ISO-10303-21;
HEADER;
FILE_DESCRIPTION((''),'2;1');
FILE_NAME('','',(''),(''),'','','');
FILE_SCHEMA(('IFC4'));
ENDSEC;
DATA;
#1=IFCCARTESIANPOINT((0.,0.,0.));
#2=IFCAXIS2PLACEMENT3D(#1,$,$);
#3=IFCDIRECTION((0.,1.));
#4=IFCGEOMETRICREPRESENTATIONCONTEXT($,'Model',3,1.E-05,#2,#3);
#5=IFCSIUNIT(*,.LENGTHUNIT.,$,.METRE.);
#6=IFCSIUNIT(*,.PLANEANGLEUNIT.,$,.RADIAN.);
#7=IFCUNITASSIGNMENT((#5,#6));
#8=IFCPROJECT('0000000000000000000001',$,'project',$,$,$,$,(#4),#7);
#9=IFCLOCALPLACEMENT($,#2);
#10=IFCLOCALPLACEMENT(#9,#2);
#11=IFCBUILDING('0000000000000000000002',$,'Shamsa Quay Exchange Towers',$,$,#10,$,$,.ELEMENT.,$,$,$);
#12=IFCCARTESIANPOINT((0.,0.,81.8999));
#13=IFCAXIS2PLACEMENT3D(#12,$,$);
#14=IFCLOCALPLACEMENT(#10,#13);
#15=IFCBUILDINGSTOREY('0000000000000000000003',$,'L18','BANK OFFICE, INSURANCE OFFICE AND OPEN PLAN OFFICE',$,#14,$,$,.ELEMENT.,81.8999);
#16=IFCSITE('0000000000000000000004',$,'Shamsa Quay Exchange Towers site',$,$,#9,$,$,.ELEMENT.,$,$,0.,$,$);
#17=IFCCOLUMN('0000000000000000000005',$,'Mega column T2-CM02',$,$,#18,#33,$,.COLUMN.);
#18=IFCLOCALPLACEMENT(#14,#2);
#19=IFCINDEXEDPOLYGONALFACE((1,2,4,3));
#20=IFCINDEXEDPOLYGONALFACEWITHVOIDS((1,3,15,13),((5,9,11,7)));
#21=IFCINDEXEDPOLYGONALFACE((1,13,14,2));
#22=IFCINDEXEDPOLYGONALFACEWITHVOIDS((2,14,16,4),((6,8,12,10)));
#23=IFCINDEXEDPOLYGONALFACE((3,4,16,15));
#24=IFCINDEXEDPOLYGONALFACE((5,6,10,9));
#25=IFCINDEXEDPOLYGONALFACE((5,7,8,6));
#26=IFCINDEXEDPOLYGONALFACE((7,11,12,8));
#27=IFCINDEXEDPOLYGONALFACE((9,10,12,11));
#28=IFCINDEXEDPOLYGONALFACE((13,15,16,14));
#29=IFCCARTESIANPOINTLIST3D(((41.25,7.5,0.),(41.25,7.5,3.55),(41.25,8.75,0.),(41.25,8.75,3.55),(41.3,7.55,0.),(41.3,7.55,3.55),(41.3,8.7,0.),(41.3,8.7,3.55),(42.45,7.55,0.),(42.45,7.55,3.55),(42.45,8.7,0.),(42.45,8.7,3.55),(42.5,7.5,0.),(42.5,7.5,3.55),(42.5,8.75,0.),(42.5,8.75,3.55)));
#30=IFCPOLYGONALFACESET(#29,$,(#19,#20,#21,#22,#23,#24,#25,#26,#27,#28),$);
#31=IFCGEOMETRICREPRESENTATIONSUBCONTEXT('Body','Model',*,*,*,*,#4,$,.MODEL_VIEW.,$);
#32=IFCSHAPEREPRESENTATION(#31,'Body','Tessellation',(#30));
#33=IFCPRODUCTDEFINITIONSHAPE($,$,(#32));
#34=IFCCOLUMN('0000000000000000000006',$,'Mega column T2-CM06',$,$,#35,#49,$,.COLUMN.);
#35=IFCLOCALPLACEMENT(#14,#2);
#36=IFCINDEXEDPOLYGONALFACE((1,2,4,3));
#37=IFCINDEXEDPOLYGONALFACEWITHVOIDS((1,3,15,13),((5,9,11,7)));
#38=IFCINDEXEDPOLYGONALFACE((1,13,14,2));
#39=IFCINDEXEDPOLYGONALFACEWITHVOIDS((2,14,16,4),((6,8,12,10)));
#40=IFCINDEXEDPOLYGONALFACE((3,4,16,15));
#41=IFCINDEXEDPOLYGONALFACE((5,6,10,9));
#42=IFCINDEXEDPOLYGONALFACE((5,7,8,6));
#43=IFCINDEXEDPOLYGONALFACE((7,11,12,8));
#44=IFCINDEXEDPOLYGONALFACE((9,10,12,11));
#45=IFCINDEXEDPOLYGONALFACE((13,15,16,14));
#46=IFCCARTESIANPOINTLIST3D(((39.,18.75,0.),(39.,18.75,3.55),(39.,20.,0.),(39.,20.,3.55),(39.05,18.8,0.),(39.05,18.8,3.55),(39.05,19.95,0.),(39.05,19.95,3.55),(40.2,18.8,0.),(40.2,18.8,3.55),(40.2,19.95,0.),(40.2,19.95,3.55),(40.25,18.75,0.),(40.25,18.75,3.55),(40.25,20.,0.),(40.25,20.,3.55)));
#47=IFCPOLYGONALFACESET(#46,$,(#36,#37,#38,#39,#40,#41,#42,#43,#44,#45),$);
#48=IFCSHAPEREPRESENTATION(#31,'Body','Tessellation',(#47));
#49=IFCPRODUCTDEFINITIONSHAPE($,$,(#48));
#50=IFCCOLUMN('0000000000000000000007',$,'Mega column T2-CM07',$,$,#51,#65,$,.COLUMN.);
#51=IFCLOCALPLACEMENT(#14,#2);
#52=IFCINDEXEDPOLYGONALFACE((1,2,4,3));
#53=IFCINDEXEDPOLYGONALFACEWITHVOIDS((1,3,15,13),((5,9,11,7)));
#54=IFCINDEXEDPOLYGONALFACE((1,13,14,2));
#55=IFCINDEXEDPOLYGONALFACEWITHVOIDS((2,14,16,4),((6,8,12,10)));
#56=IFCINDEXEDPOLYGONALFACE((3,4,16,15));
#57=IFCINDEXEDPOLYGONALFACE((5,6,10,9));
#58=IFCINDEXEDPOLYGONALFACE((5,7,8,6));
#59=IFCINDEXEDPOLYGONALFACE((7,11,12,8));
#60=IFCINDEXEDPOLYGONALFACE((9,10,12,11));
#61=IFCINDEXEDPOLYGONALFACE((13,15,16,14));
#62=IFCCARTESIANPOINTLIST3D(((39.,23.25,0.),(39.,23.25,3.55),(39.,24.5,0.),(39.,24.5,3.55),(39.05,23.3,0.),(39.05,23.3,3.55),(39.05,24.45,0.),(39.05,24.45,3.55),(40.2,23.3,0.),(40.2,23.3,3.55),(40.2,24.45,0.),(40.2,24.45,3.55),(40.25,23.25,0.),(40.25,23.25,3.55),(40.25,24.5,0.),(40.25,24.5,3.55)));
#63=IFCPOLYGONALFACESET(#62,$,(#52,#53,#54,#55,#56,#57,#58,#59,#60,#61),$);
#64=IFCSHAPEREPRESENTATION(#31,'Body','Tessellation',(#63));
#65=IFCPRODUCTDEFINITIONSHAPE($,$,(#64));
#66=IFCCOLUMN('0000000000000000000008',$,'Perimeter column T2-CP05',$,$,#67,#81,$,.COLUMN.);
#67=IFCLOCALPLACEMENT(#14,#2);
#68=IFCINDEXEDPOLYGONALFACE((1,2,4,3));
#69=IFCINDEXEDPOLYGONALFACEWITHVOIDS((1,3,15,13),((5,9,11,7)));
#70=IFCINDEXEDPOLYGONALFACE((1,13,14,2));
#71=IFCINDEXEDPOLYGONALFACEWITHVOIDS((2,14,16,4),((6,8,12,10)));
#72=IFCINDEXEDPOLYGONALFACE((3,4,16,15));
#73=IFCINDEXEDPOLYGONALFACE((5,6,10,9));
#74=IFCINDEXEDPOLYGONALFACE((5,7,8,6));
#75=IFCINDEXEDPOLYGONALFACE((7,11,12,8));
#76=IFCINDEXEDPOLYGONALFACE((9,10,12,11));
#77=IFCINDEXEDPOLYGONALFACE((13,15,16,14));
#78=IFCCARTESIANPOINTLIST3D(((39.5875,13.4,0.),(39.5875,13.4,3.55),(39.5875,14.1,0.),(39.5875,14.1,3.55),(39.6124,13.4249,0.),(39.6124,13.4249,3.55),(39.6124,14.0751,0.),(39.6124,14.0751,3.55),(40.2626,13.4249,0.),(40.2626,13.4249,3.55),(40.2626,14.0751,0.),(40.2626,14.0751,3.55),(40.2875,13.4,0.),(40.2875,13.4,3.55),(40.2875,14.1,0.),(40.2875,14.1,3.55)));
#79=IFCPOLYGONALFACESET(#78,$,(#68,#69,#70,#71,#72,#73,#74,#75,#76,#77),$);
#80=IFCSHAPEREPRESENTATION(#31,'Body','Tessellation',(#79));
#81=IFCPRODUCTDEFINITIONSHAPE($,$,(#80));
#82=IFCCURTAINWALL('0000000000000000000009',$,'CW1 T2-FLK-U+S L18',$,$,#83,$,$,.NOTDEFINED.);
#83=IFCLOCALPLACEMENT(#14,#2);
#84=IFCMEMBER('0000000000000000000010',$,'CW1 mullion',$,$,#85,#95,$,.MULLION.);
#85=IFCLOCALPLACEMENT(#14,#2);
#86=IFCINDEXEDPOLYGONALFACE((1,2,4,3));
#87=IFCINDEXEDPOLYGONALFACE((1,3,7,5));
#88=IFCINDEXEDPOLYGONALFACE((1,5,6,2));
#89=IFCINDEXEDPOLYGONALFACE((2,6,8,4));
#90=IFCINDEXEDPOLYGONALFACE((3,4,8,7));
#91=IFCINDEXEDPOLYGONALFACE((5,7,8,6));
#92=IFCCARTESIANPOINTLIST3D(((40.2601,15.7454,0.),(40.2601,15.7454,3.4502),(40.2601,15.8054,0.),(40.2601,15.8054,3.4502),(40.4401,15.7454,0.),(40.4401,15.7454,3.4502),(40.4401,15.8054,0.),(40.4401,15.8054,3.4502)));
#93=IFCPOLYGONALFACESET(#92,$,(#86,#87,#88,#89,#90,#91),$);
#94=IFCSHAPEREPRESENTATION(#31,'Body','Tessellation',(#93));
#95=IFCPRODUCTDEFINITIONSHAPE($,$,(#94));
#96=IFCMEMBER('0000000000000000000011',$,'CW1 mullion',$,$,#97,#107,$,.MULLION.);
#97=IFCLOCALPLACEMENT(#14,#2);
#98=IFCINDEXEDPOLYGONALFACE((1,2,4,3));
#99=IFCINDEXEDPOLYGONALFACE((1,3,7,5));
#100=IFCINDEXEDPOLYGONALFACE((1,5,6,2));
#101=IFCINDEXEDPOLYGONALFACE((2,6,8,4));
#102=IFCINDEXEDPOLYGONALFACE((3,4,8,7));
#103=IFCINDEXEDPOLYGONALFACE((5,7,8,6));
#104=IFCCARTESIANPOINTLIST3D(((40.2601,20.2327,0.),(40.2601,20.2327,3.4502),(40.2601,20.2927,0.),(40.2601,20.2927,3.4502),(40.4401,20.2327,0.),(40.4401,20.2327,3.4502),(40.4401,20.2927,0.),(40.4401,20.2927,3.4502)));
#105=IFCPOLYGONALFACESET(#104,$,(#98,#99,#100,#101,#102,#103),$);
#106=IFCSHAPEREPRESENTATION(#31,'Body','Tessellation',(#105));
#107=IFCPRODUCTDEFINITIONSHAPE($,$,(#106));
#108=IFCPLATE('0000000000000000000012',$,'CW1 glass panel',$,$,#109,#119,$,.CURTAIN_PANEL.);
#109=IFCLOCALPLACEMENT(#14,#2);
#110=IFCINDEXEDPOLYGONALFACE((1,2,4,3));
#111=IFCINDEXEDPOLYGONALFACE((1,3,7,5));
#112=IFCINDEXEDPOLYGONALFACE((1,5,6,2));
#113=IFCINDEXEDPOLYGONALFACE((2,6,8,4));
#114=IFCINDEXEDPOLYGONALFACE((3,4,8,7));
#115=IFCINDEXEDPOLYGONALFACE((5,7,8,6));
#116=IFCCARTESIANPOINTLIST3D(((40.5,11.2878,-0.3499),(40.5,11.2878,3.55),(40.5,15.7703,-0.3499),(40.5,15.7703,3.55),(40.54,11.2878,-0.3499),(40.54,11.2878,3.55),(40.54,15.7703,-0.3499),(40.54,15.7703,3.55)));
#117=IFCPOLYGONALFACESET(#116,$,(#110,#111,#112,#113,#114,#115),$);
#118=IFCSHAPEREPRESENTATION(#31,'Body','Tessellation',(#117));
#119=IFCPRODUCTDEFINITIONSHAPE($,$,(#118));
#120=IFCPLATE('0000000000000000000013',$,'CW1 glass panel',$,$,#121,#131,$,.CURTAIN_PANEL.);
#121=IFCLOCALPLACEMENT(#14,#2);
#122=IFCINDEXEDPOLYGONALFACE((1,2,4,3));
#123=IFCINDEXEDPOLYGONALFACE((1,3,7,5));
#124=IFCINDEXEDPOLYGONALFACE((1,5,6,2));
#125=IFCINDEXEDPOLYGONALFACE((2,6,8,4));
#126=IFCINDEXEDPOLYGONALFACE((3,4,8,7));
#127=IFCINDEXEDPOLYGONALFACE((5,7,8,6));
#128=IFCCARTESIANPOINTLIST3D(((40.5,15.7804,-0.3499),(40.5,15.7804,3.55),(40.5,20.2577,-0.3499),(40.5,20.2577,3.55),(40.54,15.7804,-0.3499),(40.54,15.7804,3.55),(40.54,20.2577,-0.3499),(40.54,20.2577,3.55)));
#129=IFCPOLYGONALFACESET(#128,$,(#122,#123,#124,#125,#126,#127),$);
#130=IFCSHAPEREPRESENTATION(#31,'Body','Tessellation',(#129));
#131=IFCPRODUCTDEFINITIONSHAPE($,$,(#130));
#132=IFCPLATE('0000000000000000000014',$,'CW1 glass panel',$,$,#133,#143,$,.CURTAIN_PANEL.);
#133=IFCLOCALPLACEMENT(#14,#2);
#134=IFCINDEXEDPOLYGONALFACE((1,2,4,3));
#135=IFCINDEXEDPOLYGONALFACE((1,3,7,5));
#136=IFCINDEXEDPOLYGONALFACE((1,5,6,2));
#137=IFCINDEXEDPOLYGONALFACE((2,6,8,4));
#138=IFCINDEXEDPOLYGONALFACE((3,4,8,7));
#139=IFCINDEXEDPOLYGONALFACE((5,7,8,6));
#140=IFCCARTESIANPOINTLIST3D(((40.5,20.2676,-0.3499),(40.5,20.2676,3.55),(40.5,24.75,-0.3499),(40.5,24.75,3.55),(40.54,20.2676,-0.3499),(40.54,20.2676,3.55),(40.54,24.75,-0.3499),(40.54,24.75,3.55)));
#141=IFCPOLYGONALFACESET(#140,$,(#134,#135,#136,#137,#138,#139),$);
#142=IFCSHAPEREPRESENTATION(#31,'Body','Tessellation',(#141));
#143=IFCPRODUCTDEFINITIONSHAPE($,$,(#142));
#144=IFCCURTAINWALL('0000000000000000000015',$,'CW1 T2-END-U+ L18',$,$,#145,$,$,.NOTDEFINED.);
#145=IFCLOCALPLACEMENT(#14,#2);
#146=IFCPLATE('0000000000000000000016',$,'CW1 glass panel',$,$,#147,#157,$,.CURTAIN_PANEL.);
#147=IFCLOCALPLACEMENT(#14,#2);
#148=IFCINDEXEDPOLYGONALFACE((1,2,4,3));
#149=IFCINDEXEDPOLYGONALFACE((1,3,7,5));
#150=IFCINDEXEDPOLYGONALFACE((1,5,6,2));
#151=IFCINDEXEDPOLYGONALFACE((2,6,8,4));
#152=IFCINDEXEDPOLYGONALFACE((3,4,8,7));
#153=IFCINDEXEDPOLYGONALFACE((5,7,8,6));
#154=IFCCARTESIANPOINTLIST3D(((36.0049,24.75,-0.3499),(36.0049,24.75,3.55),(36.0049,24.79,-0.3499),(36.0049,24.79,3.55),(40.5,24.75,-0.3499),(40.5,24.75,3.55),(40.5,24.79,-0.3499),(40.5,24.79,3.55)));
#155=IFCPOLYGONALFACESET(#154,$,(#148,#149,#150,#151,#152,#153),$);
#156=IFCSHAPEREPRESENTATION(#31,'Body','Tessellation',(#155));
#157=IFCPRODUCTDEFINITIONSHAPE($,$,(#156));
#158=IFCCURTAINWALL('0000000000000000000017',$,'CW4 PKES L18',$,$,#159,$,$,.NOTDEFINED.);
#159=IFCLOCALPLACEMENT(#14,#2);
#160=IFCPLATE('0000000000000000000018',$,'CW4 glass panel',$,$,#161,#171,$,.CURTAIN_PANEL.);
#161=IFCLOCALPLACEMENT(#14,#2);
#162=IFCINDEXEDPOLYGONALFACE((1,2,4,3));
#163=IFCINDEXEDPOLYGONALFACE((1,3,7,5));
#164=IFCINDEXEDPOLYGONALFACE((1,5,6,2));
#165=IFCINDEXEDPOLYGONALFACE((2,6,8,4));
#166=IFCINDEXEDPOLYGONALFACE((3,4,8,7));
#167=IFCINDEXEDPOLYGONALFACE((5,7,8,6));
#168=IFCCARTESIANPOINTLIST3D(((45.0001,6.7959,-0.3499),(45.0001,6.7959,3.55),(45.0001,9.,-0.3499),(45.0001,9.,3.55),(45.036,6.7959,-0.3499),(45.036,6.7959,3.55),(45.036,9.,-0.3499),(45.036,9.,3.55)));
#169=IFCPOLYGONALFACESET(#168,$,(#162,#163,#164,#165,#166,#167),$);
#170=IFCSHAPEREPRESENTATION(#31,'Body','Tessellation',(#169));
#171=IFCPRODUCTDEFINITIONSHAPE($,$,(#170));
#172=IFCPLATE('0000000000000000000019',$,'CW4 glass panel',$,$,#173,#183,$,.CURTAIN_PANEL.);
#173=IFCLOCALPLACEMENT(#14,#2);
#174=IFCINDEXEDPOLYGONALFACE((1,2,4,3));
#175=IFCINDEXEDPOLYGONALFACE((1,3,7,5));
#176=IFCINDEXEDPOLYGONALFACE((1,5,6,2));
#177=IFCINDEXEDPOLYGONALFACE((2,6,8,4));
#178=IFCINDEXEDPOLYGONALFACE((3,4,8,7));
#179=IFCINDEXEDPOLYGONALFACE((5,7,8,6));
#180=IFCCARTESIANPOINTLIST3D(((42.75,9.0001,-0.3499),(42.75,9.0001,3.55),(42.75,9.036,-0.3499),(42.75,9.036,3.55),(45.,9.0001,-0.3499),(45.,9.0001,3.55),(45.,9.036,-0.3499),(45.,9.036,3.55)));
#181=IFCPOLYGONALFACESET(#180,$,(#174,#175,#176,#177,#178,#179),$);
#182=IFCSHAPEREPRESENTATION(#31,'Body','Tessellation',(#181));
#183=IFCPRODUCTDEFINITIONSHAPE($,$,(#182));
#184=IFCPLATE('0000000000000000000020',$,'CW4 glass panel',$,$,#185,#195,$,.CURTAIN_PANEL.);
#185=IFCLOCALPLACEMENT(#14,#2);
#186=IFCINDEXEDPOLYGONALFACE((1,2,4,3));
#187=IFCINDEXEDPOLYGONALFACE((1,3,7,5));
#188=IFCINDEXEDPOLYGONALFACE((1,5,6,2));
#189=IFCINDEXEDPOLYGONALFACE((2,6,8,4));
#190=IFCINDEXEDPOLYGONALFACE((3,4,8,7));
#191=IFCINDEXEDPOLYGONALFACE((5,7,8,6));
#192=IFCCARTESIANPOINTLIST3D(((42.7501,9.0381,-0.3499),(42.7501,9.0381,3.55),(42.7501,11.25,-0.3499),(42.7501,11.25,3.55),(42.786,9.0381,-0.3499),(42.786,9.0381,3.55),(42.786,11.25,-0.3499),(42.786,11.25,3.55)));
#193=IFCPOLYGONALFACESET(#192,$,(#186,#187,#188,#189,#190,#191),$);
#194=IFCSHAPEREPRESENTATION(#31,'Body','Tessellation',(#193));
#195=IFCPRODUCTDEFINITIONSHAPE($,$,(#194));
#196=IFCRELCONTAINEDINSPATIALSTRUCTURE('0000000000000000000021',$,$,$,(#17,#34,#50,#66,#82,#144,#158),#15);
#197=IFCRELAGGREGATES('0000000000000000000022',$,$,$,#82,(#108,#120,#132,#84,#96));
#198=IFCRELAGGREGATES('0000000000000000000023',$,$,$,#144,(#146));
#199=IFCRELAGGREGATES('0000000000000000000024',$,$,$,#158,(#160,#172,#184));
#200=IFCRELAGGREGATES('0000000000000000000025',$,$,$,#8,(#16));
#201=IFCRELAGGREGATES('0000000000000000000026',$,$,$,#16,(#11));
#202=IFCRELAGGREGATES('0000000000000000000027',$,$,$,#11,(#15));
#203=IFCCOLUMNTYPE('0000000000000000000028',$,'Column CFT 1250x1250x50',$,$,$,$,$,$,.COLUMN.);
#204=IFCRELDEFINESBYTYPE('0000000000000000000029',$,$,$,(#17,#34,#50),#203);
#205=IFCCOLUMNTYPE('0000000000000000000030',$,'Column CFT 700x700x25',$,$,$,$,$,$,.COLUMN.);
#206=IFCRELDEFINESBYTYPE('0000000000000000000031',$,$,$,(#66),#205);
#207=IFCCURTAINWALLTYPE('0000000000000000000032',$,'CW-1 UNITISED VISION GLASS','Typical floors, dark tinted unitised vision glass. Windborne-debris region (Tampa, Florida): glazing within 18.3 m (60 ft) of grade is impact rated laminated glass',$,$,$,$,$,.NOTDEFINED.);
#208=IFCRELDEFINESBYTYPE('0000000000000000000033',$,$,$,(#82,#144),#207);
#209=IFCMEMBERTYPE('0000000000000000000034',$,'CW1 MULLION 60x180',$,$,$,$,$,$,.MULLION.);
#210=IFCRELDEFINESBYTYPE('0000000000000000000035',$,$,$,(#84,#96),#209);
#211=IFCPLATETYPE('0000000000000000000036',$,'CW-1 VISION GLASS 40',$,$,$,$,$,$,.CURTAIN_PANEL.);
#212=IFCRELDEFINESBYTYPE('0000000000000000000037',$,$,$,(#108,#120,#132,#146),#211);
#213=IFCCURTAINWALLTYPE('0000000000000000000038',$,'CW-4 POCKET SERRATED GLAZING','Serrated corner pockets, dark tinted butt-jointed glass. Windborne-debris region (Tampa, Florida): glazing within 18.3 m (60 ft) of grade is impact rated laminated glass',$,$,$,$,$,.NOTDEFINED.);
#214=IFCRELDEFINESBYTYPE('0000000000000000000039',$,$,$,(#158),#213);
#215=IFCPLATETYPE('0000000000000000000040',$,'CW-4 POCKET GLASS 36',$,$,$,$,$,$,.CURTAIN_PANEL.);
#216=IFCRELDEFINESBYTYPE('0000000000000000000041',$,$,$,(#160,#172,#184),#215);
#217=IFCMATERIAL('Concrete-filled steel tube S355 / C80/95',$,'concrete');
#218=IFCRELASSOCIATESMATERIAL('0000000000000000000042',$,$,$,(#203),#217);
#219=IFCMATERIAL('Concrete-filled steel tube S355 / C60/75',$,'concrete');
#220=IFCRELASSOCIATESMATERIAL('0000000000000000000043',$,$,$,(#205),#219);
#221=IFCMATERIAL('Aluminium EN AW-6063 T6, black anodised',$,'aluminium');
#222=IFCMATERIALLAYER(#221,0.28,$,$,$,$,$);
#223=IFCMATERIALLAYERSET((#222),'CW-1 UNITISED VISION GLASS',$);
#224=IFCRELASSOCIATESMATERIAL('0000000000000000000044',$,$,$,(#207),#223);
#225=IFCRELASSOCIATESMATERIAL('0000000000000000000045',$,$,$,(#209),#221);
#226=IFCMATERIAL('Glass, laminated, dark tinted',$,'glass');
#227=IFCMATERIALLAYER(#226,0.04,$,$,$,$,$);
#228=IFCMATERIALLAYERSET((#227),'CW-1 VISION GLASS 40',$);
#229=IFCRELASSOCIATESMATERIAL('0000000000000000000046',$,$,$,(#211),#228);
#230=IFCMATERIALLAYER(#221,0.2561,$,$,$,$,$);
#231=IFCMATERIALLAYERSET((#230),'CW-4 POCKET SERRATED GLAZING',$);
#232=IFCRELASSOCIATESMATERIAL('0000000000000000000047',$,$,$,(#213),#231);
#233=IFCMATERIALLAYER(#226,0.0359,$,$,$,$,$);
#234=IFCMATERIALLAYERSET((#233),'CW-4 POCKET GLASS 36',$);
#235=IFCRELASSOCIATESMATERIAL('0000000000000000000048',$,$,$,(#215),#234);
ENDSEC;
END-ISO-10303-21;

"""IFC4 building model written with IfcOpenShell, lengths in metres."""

from ifc_helpers import new_model, si_unit, direction, frame, origin, origin_2d, place, context, subcontext, project, spatial, rectangle, hollow_rectangle, extrude, material, layer, layer_set, material_profile, profile_set, type_object, element, aggregate, save


model = new_model("IFC4")

# Units and contexts
model_context = context("Model", 3, precision=1e-05, world=origin(), true_north=direction((0.0, 1.0)))
body_context = subcontext(model_context, "Body", "Model", "MODEL_VIEW")
ifc_project = project(units=[si_unit("LENGTHUNIT", "METRE"), si_unit("PLANEANGLEUNIT", "RADIAN")], contexts=[model_context])

# Site, building, storey
site_placement = place(None, origin())
site = spatial("IfcSite", under=ifc_project, at=site_placement, Name="Shamsa Quay Exchange Towers site", CompositionType="ELEMENT", RefElevation=0.0)
building_placement = place(site_placement, origin())
building = spatial("IfcBuilding", under=site, at=building_placement, Name="Shamsa Quay Exchange Towers", CompositionType="ELEMENT")
storey_placement = place(building_placement, frame((0.0, 0.0, 81.8999)))
storey = spatial("IfcBuildingStorey", under=building, at=storey_placement, Name="L18", Description="BANK OFFICE, INSURANCE OFFICE AND OPEN PLAN OFFICE", CompositionType="ELEMENT", Elevation=81.8999)

# Columns
ifc_material_1 = material(Name="Concrete-filled steel tube S355 / C80/95", Category="concrete")
ifc_material_profile_1 = material_profile(ifc_material_1, hollow_rectangle(XDim=1.25, YDim=1.25, WallThickness=0.05, at=origin_2d()), Name="CFT 1250x1250x50")
ifc_profile_set_1 = profile_set([ifc_material_profile_1], Name="Concrete-filled steel tube S355 / C80/95")
column_type_1 = type_object("IfcColumnType", Name="Column CFT 1250x1250x50", PredefinedType="COLUMN", material=ifc_profile_set_1)
for number, where, name in (
    (1, (41.875, 8.125, 0.0), "Mega column T2-CM02"),
    (2, (39.625, 19.375, 0.0), "Mega column T2-CM06"),
    (3, (39.625, 23.875, 0.0), "Mega column T2-CM07"),
):
    element("IfcColumn", number, at=place(storey_placement, frame(where)), inside=storey, type_object=column_type_1, Name=name, PredefinedType="COLUMN", context=body_context, shape_type="SweptSolid", body=[
        extrude(hollow_rectangle(XDim=1.25, YDim=1.25, WallThickness=0.05, at=origin_2d()), origin(), (0.0, 0.0, 1.0), 3.55),
    ])
ifc_material_2 = material(Name="Concrete-filled steel tube S355 / C60/75", Category="concrete")
ifc_material_profile_2 = material_profile(ifc_material_2, hollow_rectangle(XDim=0.7, YDim=0.7, WallThickness=0.0249, at=origin_2d()), Name="CFT 700x700x25")
ifc_profile_set_2 = profile_set([ifc_material_profile_2], Name="Concrete-filled steel tube S355 / C60/75")
column_type_2 = type_object("IfcColumnType", Name="Column CFT 700x700x25", PredefinedType="COLUMN", material=ifc_profile_set_2)
column_placement = place(storey_placement, frame((39.9375, 13.75, 0.0)))
element("IfcColumn", 4, at=column_placement, inside=storey, type_object=column_type_2, Name="Perimeter column T2-CP05", PredefinedType="COLUMN", context=body_context, shape_type="SweptSolid", body=[
    extrude(hollow_rectangle(XDim=0.7, YDim=0.7, WallThickness=0.0249, at=origin_2d()), origin(), (0.0, 0.0, 1.0), 3.55),
])

# Curtain wall, members, plates
ifc_material_3 = material(Name="Aluminium EN AW-6063 T6, black anodised", Category="aluminium")
ifc_layer_1 = layer(ifc_material_3, 0.28)
ifc_layer_set_1 = layer_set([ifc_layer_1], Name="CW-1 UNITISED VISION GLASS")
curtain_wall_type_1 = type_object("IfcCurtainWallType", Name="CW-1 UNITISED VISION GLASS", Description="Typical floors, dark tinted unitised vision glass. Windborne-debris region (Tampa, Florida): glazing within 18.3 m (60 ft) of grade is impact rated laminated glass", PredefinedType="NOTDEFINED", material=ifc_layer_set_1)
curtain_wall_1_placement = place(storey_placement, origin())
curtain_wall_1 = element("IfcCurtainWall", 5, at=curtain_wall_1_placement, inside=storey, type_object=curtain_wall_type_1, Name="CW1 T2-FLK-U+S L18", PredefinedType="NOTDEFINED")
ifc_material_profile_3 = material_profile(ifc_material_3, rectangle(XDim=0.1799, YDim=0.0601, at=origin_2d()), Name="MU60x180")
ifc_profile_set_3 = profile_set([ifc_material_profile_3], Name="Aluminium EN AW-6063 T6, black anodised")
member_type = type_object("IfcMemberType", Name="CW1 MULLION 60x180", PredefinedType="MULLION", material=ifc_profile_set_3)
member_1_placement = place(storey_placement, frame((40.3501, 15.7754, 0.0), z_axis=(0.0, 0.0, 1.0), x_axis=(-1.0, 0.0, 0.0)))
member_1 = element("IfcMember", 6, at=member_1_placement, type_object=member_type, Name="CW1 mullion", PredefinedType="MULLION", context=body_context, shape_type="SweptSolid", body=[
    extrude(rectangle(XDim=0.1799, YDim=0.0601, at=origin_2d()), origin(), (0.0, 0.0, 1.0), 3.4502),
])
member_2_placement = place(storey_placement, frame((40.3501, 20.2627, 0.0), z_axis=(0.0, 0.0, 1.0), x_axis=(-1.0, 0.0, 0.0)))
member_2 = element("IfcMember", 7, at=member_2_placement, type_object=member_type, Name="CW1 mullion", PredefinedType="MULLION", context=body_context, shape_type="SweptSolid", body=[
    extrude(rectangle(XDim=0.1799, YDim=0.0601, at=origin_2d()), origin(), (0.0, 0.0, 1.0), 3.4502),
])
ifc_material_4 = material(Name="Glass, laminated, dark tinted", Category="glass")
ifc_layer_2 = layer(ifc_material_4, 0.04)
ifc_layer_set_2 = layer_set([ifc_layer_2], Name="CW-1 VISION GLASS 40")
plate_type_1 = type_object("IfcPlateType", Name="CW-1 VISION GLASS 40", PredefinedType="CURTAIN_PANEL", material=ifc_layer_set_2)
plate_1_placement = place(storey_placement, frame((40.52, 13.5291, -0.3499), z_axis=(0.0, 0.0, 1.0), x_axis=(0.0, 1.0, 0.0)))
plate_1 = element("IfcPlate", 8, at=plate_1_placement, type_object=plate_type_1, Name="CW1 glass panel", PredefinedType="CURTAIN_PANEL", context=body_context, shape_type="SweptSolid", body=[
    extrude(rectangle(XDim=4.4824, YDim=0.04, at=origin_2d()), origin(), (0.0, 0.0, 1.0), 3.8999),
])
plate_2_placement = place(storey_placement, frame((40.52, 18.019, -0.3499), z_axis=(0.0, 0.0, 1.0), x_axis=(0.0, 1.0, 0.0)))
plate_2 = element("IfcPlate", 9, at=plate_2_placement, type_object=plate_type_1, Name="CW1 glass panel", PredefinedType="CURTAIN_PANEL", context=body_context, shape_type="SweptSolid", body=[
    extrude(rectangle(XDim=4.4773, YDim=0.04, at=origin_2d()), origin(), (0.0, 0.0, 1.0), 3.8999),
])
plate_3_placement = place(storey_placement, frame((40.52, 22.5088, -0.3499), z_axis=(0.0, 0.0, 1.0), x_axis=(0.0, 1.0, 0.0)))
plate_3 = element("IfcPlate", 10, at=plate_3_placement, type_object=plate_type_1, Name="CW1 glass panel", PredefinedType="CURTAIN_PANEL", context=body_context, shape_type="SweptSolid", body=[
    extrude(rectangle(XDim=4.4824, YDim=0.04, at=origin_2d()), origin(), (0.0, 0.0, 1.0), 3.8999),
])
aggregate(curtain_wall_1, [plate_1, plate_2, plate_3, member_1, member_2])

# Curtain wall, plate
curtain_wall_2_placement = place(storey_placement, origin())
curtain_wall_2 = element("IfcCurtainWall", 11, at=curtain_wall_2_placement, inside=storey, type_object=curtain_wall_type_1, Name="CW1 T2-END-U+ L18", PredefinedType="NOTDEFINED")
plate_4_placement = place(storey_placement, frame((38.2524, 24.77, -0.3499), z_axis=(0.0, 0.0, 1.0), x_axis=(-1.0, 0.0, 0.0)))
plate_4 = element("IfcPlate", 12, at=plate_4_placement, type_object=plate_type_1, Name="CW1 glass panel", PredefinedType="CURTAIN_PANEL", context=body_context, shape_type="SweptSolid", body=[
    extrude(rectangle(XDim=4.4951, YDim=0.04, at=origin_2d()), origin(), (0.0, 0.0, 1.0), 3.8999),
])
aggregate(curtain_wall_2, [plate_4])

# Curtain wall, plates
ifc_layer_3 = layer(ifc_material_3, 0.2561)
ifc_layer_set_3 = layer_set([ifc_layer_3], Name="CW-4 POCKET SERRATED GLAZING")
curtain_wall_type_2 = type_object("IfcCurtainWallType", Name="CW-4 POCKET SERRATED GLAZING", Description="Serrated corner pockets, dark tinted butt-jointed glass. Windborne-debris region (Tampa, Florida): glazing within 18.3 m (60 ft) of grade is impact rated laminated glass", PredefinedType="NOTDEFINED", material=ifc_layer_set_3)
curtain_wall_3_placement = place(storey_placement, origin())
curtain_wall_3 = element("IfcCurtainWall", 13, at=curtain_wall_3_placement, inside=storey, type_object=curtain_wall_type_2, Name="CW4 PKES L18", PredefinedType="NOTDEFINED")
ifc_layer_4 = layer(ifc_material_4, 0.0359)
ifc_layer_set_4 = layer_set([ifc_layer_4], Name="CW-4 POCKET GLASS 36")
plate_type_2 = type_object("IfcPlateType", Name="CW-4 POCKET GLASS 36", PredefinedType="CURTAIN_PANEL", material=ifc_layer_set_4)
plate_5_placement = place(storey_placement, frame((45.0181, 7.8979, -0.3499), z_axis=(0.0, 0.0, 1.0), x_axis=(0.0, 1.0, 0.0)))
plate_5 = element("IfcPlate", 14, at=plate_5_placement, type_object=plate_type_2, Name="CW4 glass panel", PredefinedType="CURTAIN_PANEL", context=body_context, shape_type="SweptSolid", body=[
    extrude(rectangle(XDim=2.2041, YDim=0.0359, at=origin_2d()), origin(), (0.0, 0.0, 1.0), 3.8999),
])
plate_6_placement = place(storey_placement, frame((43.875, 9.0181, -0.3499), z_axis=(0.0, 0.0, 1.0), x_axis=(-1.0, 0.0, 0.0)))
plate_6 = element("IfcPlate", 15, at=plate_6_placement, type_object=plate_type_2, Name="CW4 glass panel", PredefinedType="CURTAIN_PANEL", context=body_context, shape_type="SweptSolid", body=[
    extrude(rectangle(XDim=2.25, YDim=0.0359, at=origin_2d()), origin(), (0.0, 0.0, 1.0), 3.8999),
])
plate_7_placement = place(storey_placement, frame((42.7681, 10.144, -0.3499), z_axis=(0.0, 0.0, 1.0), x_axis=(0.0, 1.0, 0.0)))
plate_7 = element("IfcPlate", 16, at=plate_7_placement, type_object=plate_type_2, Name="CW4 glass panel", PredefinedType="CURTAIN_PANEL", context=body_context, shape_type="SweptSolid", body=[
    extrude(rectangle(XDim=2.2119, YDim=0.0359, at=origin_2d()), origin(), (0.0, 0.0, 1.0), 3.8999),
])
aggregate(curtain_wall_3, [plate_5, plate_6, plate_7])

save(model, "model.ifc")
